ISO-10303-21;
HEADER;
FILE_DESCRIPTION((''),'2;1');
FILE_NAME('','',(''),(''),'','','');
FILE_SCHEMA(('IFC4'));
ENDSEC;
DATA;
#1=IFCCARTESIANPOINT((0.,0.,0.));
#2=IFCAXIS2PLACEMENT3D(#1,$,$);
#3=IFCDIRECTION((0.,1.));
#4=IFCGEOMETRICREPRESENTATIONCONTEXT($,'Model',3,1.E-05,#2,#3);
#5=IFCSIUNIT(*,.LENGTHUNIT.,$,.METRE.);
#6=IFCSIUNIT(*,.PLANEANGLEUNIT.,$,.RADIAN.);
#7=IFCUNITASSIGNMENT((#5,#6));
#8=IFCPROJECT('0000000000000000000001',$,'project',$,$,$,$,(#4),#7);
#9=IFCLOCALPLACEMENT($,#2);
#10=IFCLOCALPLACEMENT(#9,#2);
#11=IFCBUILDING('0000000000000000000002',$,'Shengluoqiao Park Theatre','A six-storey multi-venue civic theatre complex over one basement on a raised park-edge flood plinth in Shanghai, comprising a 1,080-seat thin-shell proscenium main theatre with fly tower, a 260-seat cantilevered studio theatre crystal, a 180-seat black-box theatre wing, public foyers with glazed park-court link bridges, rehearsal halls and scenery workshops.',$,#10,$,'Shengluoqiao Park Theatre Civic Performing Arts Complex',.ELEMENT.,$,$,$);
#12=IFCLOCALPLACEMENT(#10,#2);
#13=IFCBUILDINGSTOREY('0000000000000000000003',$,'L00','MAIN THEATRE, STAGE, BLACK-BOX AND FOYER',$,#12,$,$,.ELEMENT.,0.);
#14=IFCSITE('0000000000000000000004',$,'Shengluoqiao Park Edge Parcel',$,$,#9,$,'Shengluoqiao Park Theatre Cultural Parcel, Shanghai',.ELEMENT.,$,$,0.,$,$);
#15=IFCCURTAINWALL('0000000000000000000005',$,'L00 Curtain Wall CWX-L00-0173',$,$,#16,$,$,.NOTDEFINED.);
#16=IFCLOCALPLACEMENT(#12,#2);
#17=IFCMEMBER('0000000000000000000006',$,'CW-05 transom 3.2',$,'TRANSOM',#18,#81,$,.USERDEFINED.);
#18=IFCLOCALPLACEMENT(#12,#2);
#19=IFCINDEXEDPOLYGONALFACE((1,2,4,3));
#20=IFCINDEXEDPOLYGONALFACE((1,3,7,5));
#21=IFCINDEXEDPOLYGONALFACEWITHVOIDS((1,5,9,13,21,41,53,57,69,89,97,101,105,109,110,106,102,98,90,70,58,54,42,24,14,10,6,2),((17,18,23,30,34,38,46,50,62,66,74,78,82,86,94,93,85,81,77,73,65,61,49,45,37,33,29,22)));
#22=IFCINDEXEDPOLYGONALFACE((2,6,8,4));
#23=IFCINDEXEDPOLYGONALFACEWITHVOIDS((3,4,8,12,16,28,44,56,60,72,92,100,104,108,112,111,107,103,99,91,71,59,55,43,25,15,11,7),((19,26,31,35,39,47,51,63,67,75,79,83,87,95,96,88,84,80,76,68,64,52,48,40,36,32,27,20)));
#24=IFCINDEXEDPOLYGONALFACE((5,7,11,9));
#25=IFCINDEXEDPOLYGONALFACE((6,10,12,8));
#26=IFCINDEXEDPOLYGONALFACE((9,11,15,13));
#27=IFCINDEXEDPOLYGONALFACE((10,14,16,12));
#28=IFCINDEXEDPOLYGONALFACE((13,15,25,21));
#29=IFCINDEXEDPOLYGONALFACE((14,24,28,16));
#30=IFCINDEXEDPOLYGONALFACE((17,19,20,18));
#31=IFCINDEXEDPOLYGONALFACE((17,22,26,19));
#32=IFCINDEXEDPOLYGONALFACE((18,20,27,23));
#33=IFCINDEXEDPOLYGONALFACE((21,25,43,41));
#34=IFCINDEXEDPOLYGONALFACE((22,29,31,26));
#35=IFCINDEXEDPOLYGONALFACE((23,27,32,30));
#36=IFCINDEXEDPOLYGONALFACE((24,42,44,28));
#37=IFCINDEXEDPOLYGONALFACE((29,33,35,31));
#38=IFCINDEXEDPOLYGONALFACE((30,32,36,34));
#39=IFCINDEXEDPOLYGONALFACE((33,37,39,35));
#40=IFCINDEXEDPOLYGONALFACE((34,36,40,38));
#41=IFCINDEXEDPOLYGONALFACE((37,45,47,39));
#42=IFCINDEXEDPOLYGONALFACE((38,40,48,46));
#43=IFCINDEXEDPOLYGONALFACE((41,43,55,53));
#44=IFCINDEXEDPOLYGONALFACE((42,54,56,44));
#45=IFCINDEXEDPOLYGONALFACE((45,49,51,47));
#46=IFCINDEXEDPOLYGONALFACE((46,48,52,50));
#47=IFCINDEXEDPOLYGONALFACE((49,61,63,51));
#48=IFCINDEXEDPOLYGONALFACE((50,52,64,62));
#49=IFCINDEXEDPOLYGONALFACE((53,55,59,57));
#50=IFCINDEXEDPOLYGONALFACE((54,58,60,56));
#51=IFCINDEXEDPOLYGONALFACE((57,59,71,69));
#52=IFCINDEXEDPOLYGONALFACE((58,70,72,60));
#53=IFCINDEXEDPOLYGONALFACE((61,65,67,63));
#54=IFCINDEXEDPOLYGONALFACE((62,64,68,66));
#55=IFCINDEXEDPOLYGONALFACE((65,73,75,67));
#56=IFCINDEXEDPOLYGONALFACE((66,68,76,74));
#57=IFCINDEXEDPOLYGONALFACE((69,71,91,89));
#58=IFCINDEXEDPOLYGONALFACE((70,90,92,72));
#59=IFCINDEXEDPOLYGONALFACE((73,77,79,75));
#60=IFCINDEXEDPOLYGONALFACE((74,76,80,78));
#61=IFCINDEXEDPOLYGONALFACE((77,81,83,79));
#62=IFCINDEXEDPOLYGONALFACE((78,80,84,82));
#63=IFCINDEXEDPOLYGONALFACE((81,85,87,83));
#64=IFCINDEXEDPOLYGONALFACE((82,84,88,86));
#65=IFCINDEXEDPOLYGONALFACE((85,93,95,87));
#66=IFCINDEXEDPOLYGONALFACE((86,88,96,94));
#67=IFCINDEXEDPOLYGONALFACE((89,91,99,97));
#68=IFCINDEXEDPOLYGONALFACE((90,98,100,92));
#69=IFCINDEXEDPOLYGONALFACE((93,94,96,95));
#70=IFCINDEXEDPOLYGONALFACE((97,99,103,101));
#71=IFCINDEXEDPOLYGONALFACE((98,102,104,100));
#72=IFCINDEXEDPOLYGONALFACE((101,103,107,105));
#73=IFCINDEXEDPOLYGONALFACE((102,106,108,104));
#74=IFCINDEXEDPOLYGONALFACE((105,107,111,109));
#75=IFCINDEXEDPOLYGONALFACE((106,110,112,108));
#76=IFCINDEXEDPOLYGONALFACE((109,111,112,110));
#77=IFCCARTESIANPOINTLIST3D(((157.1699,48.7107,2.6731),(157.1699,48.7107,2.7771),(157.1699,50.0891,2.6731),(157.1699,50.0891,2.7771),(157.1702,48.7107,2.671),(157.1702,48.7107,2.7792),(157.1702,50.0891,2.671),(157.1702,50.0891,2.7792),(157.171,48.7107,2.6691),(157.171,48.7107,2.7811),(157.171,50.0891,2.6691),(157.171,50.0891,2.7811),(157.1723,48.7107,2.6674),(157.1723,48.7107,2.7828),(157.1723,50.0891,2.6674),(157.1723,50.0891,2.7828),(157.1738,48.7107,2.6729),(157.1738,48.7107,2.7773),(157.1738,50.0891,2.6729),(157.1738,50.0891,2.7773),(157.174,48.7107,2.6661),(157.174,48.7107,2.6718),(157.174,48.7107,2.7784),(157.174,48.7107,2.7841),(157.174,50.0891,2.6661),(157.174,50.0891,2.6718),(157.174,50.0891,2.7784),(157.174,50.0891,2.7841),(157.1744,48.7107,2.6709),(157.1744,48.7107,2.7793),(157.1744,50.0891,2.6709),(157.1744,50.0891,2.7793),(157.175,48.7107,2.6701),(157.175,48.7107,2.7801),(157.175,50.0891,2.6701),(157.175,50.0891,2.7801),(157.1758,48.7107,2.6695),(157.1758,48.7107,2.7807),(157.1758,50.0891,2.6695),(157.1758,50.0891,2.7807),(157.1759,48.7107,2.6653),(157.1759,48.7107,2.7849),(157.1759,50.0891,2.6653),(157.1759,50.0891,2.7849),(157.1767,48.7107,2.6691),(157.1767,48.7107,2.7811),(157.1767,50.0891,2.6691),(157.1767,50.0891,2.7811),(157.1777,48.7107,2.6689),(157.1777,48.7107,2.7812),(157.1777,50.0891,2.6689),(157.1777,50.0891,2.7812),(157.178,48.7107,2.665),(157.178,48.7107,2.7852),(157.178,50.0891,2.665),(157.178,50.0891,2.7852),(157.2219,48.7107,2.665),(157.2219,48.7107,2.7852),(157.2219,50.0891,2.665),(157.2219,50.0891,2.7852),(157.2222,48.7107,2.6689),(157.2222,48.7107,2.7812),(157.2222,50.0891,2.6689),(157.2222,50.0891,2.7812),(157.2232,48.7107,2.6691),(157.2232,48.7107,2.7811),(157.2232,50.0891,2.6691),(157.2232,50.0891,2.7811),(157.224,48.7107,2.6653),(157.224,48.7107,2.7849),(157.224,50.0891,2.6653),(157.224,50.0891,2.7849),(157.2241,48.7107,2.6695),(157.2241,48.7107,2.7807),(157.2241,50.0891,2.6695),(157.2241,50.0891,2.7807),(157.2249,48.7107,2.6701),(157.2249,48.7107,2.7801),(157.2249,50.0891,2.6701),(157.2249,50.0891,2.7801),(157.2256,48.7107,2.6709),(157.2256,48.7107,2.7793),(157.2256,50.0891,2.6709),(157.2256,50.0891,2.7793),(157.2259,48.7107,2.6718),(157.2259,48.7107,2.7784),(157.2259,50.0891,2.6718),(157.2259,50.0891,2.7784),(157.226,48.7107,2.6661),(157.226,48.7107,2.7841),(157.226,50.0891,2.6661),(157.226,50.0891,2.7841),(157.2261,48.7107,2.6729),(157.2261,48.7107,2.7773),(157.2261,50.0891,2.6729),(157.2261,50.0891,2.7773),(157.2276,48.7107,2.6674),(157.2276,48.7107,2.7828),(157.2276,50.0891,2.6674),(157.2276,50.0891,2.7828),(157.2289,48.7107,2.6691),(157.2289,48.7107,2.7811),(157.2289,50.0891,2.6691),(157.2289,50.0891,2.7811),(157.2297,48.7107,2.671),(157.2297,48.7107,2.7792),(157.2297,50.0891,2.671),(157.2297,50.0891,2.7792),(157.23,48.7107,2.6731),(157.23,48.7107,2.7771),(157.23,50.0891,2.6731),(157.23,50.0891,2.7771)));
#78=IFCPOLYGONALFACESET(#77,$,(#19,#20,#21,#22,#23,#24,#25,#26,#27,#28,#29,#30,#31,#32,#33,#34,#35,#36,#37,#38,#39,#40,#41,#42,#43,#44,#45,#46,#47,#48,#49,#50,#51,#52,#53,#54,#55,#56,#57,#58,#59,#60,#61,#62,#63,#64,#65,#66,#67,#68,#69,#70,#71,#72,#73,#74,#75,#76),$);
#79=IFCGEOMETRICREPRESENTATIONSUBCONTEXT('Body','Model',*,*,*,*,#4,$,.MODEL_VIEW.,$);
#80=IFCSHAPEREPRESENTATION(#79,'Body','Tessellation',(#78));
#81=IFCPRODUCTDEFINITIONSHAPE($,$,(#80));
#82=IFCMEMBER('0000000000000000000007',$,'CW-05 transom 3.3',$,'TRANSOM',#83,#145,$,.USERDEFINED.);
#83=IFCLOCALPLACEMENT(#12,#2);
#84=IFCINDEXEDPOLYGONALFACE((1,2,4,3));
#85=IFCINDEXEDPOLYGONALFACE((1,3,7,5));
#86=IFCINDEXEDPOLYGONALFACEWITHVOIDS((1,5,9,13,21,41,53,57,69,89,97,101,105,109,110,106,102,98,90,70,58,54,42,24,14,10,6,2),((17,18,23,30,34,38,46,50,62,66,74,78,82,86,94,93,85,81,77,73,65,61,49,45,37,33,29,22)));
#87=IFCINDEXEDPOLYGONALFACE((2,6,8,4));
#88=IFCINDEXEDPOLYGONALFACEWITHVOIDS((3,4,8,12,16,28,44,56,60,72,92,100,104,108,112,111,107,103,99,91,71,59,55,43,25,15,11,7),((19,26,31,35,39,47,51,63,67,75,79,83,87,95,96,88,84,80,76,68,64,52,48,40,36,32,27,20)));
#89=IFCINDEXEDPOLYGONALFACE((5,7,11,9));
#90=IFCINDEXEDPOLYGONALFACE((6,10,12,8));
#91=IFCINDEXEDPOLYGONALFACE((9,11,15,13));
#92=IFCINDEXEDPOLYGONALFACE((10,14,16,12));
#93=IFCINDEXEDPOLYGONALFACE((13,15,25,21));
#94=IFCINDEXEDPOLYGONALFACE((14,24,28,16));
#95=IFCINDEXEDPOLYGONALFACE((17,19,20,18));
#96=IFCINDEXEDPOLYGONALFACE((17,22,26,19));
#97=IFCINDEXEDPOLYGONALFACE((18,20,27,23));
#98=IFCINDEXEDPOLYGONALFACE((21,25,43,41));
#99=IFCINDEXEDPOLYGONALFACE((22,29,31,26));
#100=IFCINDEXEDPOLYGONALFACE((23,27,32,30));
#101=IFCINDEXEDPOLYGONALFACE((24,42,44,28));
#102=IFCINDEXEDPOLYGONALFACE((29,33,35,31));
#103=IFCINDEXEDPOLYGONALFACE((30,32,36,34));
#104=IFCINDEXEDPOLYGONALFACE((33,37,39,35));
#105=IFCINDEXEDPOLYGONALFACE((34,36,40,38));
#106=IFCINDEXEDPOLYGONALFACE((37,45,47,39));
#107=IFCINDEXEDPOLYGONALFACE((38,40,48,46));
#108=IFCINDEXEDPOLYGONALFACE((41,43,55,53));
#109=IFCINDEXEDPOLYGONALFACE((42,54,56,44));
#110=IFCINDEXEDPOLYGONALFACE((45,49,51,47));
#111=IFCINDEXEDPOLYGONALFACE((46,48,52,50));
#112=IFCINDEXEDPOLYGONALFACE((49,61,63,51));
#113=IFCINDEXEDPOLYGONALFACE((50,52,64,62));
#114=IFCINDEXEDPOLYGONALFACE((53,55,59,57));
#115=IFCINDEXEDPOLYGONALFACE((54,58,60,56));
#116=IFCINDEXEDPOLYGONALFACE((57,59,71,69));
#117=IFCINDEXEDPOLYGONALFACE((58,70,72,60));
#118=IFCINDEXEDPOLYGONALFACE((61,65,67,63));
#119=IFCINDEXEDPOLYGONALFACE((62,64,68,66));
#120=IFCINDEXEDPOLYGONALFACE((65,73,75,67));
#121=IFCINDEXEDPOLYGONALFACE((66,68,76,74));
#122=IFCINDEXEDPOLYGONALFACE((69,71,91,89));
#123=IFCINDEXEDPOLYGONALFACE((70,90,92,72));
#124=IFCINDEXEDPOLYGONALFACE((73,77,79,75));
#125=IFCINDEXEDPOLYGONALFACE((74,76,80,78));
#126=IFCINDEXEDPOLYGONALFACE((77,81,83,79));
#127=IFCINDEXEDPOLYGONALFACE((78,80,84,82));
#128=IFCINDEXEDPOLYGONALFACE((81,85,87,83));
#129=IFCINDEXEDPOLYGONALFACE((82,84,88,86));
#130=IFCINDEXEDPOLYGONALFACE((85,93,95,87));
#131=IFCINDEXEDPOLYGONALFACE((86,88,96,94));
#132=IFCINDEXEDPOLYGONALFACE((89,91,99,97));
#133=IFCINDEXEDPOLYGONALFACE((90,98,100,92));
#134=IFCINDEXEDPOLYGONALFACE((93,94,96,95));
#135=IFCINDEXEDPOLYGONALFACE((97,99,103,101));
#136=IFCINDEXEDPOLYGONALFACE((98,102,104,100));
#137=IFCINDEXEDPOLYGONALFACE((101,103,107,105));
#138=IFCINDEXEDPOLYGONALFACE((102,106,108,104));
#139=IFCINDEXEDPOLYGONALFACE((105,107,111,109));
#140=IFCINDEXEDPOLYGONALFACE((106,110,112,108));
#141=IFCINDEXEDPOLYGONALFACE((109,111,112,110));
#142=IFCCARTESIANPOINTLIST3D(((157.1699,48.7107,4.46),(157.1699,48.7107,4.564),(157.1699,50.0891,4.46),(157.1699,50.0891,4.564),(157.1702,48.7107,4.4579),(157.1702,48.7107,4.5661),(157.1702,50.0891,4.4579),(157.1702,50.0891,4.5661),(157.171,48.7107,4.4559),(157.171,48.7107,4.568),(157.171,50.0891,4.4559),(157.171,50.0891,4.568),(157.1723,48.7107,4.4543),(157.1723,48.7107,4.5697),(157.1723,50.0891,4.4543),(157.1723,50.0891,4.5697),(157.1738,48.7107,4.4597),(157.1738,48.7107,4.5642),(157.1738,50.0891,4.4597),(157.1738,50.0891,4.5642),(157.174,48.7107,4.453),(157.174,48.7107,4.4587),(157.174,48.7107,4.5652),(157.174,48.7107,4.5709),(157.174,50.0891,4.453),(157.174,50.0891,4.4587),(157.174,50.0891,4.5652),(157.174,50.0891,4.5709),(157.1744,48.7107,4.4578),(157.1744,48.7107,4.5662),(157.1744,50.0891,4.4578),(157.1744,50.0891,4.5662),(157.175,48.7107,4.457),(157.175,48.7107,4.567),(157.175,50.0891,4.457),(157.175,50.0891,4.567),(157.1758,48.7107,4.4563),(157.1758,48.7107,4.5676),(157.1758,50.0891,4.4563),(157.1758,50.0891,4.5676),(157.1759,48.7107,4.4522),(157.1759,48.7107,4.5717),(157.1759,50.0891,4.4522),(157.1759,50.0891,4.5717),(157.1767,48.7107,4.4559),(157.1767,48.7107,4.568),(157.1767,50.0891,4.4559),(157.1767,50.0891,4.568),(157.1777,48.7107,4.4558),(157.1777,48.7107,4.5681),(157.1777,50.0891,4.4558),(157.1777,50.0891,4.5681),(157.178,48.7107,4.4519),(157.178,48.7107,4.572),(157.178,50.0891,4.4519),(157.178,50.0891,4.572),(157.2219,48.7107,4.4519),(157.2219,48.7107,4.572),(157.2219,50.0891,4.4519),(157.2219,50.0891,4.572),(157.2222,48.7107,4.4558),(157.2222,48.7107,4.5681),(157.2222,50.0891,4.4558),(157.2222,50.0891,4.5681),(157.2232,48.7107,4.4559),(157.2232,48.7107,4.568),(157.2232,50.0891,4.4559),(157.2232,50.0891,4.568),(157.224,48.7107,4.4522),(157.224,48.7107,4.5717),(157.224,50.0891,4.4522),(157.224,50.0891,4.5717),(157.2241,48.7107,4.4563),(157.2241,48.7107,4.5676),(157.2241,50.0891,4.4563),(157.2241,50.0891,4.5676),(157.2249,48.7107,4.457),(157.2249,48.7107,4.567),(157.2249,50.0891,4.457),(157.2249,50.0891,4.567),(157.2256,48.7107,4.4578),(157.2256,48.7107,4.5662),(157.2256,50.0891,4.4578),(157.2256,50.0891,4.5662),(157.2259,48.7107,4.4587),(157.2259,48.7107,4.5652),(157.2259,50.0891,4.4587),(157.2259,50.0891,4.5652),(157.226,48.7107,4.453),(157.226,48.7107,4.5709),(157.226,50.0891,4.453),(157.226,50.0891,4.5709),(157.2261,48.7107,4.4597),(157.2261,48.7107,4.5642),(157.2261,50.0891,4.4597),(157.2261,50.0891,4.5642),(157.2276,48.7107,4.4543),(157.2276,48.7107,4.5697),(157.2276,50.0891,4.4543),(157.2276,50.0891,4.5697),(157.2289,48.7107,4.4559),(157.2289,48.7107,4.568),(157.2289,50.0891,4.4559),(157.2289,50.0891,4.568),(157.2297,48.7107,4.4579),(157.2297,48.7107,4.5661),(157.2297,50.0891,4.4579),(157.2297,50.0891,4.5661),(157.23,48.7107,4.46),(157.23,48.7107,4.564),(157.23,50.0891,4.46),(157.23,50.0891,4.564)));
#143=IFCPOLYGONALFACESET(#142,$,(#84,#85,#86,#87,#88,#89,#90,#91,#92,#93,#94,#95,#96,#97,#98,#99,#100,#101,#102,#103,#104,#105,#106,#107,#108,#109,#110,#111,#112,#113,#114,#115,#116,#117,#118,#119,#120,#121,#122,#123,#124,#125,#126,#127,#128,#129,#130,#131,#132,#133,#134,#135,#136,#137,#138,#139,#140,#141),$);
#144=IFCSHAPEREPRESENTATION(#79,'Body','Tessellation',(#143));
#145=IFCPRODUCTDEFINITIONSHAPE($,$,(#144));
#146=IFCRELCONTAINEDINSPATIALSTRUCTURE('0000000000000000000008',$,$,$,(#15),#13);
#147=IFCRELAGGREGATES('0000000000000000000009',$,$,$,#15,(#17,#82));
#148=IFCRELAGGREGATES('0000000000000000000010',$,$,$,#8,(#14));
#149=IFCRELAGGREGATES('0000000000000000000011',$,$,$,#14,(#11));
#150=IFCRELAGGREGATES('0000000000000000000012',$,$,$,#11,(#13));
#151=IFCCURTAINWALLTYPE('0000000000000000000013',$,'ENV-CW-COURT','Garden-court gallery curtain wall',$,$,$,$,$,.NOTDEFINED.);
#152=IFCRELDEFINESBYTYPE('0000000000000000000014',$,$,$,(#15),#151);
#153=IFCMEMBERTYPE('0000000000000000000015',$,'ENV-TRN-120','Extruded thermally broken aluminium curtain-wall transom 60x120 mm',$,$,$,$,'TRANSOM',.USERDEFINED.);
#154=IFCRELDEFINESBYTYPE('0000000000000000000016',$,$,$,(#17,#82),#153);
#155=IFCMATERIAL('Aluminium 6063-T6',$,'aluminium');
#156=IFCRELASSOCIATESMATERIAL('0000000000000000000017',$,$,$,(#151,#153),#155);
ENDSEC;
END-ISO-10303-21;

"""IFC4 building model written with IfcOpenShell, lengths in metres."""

from ifc_helpers import new_model, si_unit, direction, frame, origin, origin_2d, place, context, subcontext, project, spatial, hollow_rectangle, extrude, material, material_profile, profile_set, type_object, element, aggregate, save


model = new_model("IFC4")

# Units and contexts
model_context = context("Model", 3, precision=1e-05, world=origin(), true_north=direction((0.0, 1.0)))
body_context = subcontext(model_context, "Body", "Model", "MODEL_VIEW")
ifc_project = project(units=[si_unit("LENGTHUNIT", "METRE"), si_unit("PLANEANGLEUNIT", "RADIAN")], contexts=[model_context])

# Site, building, storey
site_placement = place(None, origin())
site = spatial("IfcSite", under=ifc_project, at=site_placement, Name="Shengluoqiao Park Edge Parcel", LongName="Shengluoqiao Park Theatre Cultural Parcel, Shanghai", CompositionType="ELEMENT", RefElevation=0.0)
building_placement = place(site_placement, origin())
building = spatial("IfcBuilding", under=site, at=building_placement, Name="Shengluoqiao Park Theatre", Description="A six-storey multi-venue civic theatre complex over one basement on a raised park-edge flood plinth in Shanghai, comprising a 1,080-seat thin-shell proscenium main theatre with fly tower, a 260-seat cantilevered studio theatre crystal, a 180-seat black-box theatre wing, public foyers with glazed park-court link bridges, rehearsal halls and scenery workshops.", LongName="Shengluoqiao Park Theatre Civic Performing Arts Complex", CompositionType="ELEMENT")
storey_placement = place(building_placement, origin())
storey = spatial("IfcBuildingStorey", under=building, at=storey_placement, Name="L00", Description="MAIN THEATRE, STAGE, BLACK-BOX AND FOYER", CompositionType="ELEMENT", Elevation=0.0)

# Curtain wall, members
ifc_material_1 = material(Name="Aluminium 6063-T6", Category="aluminium")
curtain_wall_type = type_object("IfcCurtainWallType", Name="ENV-CW-COURT", Description="Garden-court gallery curtain wall", PredefinedType="NOTDEFINED", material=ifc_material_1)
curtain_wall_placement = place(storey_placement, origin())
curtain_wall = element("IfcCurtainWall", 1, at=curtain_wall_placement, inside=storey, type_object=curtain_wall_type, Name="L00 Curtain Wall CWX-L00-0173", PredefinedType="NOTDEFINED")
ifc_material_profile_1 = material_profile(ifc_material_1, hollow_rectangle(XDim=0.0601, YDim=0.1201, WallThickness=0.0039, InnerFilletRadius=0.0039, OuterFilletRadius=0.0081, at=origin_2d()), Name="ALU TRANSOM 120x60x4")
ifc_profile_set_1 = profile_set([ifc_material_profile_1], Name="Aluminium 6063-T6")
member_type_1 = type_object("IfcMemberType", Name="ENV-TRN-120", Description="Extruded thermally broken aluminium curtain-wall transom 60x120 mm", ElementType="TRANSOM", PredefinedType="USERDEFINED", material=ifc_profile_set_1)
member_1_placement = place(storey_placement, frame((157.2, 48.7107, 2.7251), z_axis=(0.0, 1.0, 0.0), x_axis=(-1.0, 0.0, 0.0)))
member_1 = element("IfcMember", 2, at=member_1_placement, type_object=member_type_1, Name="CW-05 transom 3.2", ObjectType="TRANSOM", PredefinedType="USERDEFINED", context=body_context, shape_type="SweptSolid", body=[
    extrude(hollow_rectangle(XDim=0.0601, YDim=0.1201, WallThickness=0.0039, InnerFilletRadius=0.0039, OuterFilletRadius=0.0081, at=origin_2d()), origin(), (0.0, 0.0, 1.0), 1.3784),
])
member_2_placement = place(storey_placement, frame((157.2, 48.7107, 4.512), z_axis=(0.0, 1.0, 0.0), x_axis=(-1.0, 0.0, 0.0)))
member_2 = element("IfcMember", 3, at=member_2_placement, type_object=member_type_1, Name="CW-05 transom 3.3", ObjectType="TRANSOM", PredefinedType="USERDEFINED", context=body_context, shape_type="SweptSolid", body=[
    extrude(hollow_rectangle(XDim=0.0601, YDim=0.1201, WallThickness=0.0039, InnerFilletRadius=0.0039, OuterFilletRadius=0.0081, at=origin_2d()), origin(), (0.0, 0.0, 1.0), 1.3784),
])
aggregate(curtain_wall, [member_1, member_2])

save(model, "model.ifc")
